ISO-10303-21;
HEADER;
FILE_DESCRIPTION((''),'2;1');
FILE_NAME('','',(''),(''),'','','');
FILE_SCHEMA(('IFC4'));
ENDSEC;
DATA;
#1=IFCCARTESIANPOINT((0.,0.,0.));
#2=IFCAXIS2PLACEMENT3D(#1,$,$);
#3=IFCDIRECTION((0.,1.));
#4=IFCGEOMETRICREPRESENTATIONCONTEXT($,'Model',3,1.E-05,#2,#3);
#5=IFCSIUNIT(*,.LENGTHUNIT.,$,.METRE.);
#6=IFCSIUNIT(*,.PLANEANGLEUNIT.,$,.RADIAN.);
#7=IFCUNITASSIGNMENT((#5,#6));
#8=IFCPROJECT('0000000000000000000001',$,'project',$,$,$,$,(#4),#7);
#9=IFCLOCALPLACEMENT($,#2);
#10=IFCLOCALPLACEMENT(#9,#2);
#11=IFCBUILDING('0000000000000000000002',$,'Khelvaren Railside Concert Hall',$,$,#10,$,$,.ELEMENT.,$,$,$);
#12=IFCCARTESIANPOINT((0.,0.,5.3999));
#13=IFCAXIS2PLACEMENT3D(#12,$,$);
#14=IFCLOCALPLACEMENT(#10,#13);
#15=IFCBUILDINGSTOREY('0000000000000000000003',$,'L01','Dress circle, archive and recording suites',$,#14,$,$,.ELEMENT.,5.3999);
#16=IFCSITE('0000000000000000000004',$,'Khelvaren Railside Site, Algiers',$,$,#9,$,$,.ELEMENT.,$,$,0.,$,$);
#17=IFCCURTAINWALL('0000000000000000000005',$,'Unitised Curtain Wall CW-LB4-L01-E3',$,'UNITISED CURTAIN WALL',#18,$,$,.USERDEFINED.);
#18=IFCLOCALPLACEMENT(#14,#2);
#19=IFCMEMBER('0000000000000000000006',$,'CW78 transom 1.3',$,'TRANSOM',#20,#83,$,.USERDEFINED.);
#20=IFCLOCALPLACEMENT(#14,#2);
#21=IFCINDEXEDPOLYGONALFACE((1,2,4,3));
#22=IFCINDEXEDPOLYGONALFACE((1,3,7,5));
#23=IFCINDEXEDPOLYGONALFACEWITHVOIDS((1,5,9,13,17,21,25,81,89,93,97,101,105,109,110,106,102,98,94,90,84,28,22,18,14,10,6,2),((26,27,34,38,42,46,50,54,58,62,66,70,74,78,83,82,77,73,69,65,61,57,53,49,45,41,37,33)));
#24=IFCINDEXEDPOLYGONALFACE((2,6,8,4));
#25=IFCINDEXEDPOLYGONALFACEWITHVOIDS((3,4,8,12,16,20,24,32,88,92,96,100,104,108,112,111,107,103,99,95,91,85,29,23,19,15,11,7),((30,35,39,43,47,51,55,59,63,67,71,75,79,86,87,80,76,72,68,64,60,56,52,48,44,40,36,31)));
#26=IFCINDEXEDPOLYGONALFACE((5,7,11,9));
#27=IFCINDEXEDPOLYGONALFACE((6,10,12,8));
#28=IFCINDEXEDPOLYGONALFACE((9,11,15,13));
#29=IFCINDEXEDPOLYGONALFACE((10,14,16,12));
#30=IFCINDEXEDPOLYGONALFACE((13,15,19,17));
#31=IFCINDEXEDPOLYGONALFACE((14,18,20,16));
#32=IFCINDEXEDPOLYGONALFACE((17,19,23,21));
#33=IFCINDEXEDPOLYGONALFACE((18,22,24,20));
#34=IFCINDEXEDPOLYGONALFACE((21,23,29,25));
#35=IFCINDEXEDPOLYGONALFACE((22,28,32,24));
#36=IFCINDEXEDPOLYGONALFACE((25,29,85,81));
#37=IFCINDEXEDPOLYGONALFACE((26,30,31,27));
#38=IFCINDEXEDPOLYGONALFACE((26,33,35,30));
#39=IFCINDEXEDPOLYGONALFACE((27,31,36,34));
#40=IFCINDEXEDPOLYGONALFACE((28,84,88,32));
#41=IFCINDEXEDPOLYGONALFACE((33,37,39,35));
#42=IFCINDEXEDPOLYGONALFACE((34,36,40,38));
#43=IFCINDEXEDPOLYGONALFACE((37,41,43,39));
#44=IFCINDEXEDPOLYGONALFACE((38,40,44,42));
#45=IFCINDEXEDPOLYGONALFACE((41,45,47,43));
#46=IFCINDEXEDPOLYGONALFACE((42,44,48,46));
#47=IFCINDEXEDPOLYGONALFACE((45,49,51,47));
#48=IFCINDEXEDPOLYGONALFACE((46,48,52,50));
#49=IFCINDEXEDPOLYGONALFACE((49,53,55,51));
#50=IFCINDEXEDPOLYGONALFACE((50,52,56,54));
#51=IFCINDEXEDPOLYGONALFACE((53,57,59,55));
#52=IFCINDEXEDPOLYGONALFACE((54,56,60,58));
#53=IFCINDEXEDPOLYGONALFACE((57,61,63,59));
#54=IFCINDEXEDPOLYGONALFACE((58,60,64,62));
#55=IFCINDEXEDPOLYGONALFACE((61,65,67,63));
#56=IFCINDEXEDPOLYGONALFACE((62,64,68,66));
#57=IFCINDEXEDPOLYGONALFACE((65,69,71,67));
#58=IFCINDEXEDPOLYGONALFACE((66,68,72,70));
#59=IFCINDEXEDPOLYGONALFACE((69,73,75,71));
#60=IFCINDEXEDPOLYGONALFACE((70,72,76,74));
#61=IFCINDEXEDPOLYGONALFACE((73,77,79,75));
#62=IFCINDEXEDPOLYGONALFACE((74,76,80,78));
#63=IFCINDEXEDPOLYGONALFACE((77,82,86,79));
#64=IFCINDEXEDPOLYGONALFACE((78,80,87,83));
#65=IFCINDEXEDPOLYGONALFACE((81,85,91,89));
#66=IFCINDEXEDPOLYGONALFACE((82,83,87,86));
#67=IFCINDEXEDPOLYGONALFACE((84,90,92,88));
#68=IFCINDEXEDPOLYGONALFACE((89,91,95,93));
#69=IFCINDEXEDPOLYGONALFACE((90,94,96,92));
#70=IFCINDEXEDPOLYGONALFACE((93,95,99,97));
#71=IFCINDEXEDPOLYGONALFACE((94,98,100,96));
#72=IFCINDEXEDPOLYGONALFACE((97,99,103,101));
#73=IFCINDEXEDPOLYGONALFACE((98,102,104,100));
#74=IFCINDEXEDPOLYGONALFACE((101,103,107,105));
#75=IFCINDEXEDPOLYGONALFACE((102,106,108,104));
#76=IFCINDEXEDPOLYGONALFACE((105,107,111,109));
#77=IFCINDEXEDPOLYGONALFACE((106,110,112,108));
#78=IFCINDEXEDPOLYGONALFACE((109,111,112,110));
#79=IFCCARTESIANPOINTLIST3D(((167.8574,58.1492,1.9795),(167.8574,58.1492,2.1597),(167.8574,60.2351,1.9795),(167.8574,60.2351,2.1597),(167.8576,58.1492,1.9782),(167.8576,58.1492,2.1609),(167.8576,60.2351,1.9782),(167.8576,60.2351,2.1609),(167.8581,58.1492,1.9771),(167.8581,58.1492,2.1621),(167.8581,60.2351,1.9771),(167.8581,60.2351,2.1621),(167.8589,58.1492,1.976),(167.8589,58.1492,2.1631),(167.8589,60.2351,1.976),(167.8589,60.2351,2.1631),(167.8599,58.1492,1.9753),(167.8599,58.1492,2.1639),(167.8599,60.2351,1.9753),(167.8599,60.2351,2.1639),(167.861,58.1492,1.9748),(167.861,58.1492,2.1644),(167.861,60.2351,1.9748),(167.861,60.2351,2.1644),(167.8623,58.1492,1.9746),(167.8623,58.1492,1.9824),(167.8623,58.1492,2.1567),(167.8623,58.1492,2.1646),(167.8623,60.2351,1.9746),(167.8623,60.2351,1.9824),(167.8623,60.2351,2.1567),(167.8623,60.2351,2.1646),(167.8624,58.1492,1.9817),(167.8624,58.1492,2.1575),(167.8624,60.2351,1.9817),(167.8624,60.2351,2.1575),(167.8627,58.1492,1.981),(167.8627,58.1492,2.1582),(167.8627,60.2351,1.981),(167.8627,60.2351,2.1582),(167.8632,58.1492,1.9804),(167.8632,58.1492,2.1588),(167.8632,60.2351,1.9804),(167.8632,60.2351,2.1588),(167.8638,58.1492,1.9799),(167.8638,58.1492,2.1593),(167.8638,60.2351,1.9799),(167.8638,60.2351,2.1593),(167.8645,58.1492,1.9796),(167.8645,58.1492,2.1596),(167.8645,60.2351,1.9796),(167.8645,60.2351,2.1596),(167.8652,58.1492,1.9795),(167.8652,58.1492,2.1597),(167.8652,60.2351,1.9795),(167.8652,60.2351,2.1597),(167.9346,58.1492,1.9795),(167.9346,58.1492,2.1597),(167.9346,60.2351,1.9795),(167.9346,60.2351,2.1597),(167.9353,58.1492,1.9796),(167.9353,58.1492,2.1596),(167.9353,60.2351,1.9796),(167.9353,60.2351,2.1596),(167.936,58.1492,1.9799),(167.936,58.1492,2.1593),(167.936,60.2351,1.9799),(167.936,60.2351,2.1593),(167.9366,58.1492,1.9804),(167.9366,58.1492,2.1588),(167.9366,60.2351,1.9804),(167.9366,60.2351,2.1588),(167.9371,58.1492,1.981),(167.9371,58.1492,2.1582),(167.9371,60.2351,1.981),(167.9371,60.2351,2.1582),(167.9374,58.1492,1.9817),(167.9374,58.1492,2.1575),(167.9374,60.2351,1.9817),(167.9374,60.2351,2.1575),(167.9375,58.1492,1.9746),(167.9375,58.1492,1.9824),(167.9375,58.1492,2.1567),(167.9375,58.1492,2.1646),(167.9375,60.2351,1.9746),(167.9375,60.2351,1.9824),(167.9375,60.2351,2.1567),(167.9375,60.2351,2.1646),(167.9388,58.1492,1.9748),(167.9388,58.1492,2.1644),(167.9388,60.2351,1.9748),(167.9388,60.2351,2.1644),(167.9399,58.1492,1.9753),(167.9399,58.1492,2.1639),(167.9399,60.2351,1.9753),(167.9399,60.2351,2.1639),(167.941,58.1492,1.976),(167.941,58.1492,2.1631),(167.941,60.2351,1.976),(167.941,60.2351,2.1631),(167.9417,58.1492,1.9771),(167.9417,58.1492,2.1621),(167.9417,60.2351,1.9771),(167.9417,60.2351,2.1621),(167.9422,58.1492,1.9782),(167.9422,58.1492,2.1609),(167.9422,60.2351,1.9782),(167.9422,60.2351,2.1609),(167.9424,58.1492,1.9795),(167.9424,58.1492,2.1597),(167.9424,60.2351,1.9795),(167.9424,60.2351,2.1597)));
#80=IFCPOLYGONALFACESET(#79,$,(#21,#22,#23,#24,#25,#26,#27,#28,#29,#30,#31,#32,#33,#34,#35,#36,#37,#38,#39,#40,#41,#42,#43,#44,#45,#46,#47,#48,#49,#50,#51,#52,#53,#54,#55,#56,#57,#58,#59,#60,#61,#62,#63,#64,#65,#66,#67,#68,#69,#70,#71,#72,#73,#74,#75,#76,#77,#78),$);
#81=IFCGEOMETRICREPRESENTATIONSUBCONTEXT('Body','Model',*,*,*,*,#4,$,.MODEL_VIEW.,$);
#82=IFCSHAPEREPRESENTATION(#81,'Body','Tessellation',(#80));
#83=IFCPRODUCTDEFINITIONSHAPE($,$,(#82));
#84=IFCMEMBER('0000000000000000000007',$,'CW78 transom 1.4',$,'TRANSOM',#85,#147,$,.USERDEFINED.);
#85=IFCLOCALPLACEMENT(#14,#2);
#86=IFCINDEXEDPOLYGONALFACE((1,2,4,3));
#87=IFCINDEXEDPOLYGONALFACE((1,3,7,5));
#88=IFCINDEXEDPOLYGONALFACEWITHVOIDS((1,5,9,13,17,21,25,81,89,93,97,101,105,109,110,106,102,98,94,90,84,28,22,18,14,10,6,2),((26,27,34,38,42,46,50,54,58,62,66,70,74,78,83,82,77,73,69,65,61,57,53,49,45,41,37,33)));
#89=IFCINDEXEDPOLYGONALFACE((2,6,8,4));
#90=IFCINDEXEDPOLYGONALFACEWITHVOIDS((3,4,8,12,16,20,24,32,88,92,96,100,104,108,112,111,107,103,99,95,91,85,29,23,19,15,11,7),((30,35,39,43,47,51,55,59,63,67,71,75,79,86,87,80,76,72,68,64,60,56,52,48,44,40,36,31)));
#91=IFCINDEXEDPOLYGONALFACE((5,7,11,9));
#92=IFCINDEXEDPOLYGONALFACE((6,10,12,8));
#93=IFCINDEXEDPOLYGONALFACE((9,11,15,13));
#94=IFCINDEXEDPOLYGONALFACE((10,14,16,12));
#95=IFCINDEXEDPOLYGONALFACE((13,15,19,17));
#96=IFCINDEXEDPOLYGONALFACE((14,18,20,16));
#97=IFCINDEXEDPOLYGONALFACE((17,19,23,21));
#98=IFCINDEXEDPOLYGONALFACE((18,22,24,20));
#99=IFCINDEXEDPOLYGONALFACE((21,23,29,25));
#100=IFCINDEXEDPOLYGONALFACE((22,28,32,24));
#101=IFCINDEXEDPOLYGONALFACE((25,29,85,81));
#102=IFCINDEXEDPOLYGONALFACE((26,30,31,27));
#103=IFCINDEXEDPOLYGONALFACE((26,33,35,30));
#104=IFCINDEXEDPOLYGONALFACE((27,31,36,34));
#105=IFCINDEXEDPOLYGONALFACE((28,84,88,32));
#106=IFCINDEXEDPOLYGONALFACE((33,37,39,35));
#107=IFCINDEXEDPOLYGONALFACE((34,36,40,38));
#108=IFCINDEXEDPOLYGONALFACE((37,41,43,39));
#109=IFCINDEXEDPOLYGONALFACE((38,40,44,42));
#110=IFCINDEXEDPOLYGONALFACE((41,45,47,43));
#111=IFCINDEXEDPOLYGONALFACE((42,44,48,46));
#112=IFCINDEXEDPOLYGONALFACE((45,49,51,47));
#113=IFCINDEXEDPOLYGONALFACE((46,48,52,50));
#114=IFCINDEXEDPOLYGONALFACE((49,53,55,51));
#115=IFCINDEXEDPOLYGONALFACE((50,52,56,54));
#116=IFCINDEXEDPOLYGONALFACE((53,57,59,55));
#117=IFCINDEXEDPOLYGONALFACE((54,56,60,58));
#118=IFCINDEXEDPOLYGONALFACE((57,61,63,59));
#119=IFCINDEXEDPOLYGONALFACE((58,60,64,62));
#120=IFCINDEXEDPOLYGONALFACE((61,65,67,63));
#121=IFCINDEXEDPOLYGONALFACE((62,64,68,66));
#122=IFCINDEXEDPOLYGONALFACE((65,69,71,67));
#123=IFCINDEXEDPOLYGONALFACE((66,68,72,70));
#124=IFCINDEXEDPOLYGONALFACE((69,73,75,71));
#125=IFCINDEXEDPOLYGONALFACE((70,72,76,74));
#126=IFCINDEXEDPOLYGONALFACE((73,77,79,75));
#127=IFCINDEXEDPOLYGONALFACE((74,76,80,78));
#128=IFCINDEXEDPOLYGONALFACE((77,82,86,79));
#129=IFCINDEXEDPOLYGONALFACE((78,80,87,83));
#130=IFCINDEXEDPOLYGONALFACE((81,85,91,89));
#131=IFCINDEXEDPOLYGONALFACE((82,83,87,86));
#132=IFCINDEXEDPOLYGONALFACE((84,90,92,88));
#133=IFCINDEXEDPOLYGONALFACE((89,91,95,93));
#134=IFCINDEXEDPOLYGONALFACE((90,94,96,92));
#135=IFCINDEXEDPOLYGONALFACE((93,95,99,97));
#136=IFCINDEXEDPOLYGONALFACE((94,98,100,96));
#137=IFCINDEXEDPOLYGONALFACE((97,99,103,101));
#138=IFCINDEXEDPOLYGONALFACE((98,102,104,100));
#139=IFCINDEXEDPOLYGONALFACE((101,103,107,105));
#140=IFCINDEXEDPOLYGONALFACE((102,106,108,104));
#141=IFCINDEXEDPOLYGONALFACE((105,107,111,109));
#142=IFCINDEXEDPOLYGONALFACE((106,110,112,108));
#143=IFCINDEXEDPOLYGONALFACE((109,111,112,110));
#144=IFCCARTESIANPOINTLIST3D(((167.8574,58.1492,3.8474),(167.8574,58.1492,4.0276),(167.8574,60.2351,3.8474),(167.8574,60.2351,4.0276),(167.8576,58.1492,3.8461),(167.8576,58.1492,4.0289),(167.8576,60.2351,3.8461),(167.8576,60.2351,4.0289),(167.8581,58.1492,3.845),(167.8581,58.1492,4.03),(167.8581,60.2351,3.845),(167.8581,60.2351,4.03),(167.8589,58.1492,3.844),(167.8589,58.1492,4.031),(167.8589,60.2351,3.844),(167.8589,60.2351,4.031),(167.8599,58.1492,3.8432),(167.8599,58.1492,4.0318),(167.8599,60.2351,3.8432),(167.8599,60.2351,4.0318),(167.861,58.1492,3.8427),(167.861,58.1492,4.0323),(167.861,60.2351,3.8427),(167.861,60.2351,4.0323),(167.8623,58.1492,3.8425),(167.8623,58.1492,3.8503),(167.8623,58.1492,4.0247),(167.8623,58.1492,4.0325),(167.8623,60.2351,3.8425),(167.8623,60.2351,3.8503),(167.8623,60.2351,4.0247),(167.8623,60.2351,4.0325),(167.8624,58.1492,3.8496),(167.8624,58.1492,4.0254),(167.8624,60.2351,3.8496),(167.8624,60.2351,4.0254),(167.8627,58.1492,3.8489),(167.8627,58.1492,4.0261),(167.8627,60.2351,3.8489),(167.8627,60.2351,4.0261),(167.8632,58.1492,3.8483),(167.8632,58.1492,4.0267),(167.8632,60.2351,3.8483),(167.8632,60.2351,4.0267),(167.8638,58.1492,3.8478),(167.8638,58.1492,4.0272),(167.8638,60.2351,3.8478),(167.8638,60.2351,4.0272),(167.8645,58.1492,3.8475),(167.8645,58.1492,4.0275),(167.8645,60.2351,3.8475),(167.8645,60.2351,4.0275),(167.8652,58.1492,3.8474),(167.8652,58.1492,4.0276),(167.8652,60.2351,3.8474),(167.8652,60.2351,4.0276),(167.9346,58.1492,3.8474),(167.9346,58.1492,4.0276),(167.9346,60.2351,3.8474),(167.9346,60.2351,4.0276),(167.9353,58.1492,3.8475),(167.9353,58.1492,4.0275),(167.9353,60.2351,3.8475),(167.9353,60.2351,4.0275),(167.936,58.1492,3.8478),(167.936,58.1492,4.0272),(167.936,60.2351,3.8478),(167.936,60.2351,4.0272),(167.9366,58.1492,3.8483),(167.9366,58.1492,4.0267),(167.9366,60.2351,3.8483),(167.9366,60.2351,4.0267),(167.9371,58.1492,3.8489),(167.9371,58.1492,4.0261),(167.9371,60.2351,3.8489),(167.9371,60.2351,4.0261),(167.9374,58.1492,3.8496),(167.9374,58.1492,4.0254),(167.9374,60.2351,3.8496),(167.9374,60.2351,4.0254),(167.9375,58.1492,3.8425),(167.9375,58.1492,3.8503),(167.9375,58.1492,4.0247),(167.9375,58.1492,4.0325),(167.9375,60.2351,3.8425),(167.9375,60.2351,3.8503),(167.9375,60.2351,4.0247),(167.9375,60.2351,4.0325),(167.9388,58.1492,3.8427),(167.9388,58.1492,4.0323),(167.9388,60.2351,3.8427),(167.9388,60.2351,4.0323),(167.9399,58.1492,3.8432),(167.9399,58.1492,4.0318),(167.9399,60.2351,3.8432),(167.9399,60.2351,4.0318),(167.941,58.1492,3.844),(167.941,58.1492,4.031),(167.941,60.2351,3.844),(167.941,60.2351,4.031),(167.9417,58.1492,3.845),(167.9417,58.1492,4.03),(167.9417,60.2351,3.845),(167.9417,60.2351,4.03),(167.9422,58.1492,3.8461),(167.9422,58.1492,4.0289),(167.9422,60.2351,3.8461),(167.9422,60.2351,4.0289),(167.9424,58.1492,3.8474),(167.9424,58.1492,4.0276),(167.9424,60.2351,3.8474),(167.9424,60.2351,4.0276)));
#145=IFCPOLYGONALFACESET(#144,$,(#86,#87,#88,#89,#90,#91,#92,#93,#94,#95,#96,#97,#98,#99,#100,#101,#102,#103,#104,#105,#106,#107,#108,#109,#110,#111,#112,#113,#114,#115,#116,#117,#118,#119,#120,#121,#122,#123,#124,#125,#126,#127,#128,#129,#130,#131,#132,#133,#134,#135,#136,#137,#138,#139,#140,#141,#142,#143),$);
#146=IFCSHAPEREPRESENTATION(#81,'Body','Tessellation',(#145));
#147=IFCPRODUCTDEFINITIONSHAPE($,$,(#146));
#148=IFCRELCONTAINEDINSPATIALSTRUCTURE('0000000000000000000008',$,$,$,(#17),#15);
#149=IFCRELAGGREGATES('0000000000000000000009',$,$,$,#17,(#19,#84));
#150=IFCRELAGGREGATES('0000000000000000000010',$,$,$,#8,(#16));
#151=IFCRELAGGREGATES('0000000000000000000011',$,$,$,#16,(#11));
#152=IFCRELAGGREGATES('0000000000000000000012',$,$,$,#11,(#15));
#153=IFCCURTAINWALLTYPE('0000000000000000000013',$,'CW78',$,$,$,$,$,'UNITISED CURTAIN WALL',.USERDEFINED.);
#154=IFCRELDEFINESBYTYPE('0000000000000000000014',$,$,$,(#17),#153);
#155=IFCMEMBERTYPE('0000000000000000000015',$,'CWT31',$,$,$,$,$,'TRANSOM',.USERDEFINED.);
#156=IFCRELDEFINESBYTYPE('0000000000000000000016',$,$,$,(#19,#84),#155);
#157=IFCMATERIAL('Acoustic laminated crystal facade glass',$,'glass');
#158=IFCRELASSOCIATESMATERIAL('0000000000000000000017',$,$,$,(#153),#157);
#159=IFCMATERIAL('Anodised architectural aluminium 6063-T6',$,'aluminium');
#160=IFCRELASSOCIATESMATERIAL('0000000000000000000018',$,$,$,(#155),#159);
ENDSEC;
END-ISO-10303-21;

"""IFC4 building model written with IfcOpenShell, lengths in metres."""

from ifc_helpers import new_model, si_unit, direction, frame, origin, origin_2d, place, context, subcontext, project, spatial, hollow_rectangle, extrude, material, material_profile, profile_set, type_object, element, aggregate, save


model = new_model("IFC4")

# Units and contexts
model_context = context("Model", 3, precision=1e-05, world=origin(), true_north=direction((0.0, 1.0)))
body_context = subcontext(model_context, "Body", "Model", "MODEL_VIEW")
ifc_project = project(units=[si_unit("LENGTHUNIT", "METRE"), si_unit("PLANEANGLEUNIT", "RADIAN")], contexts=[model_context])

# Site, building, storey
site_placement = place(None, origin())
site = spatial("IfcSite", under=ifc_project, at=site_placement, Name="Khelvaren Railside Site, Algiers", CompositionType="ELEMENT", RefElevation=0.0)
building_placement = place(site_placement, origin())
building = spatial("IfcBuilding", under=site, at=building_placement, Name="Khelvaren Railside Concert Hall", CompositionType="ELEMENT")
storey_placement = place(building_placement, frame((0.0, 0.0, 5.3999)))
storey = spatial("IfcBuildingStorey", under=building, at=storey_placement, Name="L01", Description="Dress circle, archive and recording suites", CompositionType="ELEMENT", Elevation=5.3999)

# Curtain wall
ifc_material_1 = material(Name="Acoustic laminated crystal facade glass", Category="glass")
curtain_wall_type = type_object("IfcCurtainWallType", Name="CW78", ElementType="UNITISED CURTAIN WALL", PredefinedType="USERDEFINED", material=ifc_material_1)
curtain_wall_1_placement = place(storey_placement, origin())
curtain_wall_1 = element("IfcCurtainWall", 1, at=curtain_wall_1_placement, inside=storey, type_object=curtain_wall_type, Name="Unitised Curtain Wall CW-LB4-L01-E3", ObjectType="UNITISED CURTAIN WALL", PredefinedType="USERDEFINED")
ifc_material_2 = material(Name="Anodised architectural aluminium 6063-T6", Category="aluminium")

# Members
ifc_material_profile_1 = material_profile(ifc_material_2, hollow_rectangle(XDim=0.085, YDim=0.1899, WallThickness=0.0049, InnerFilletRadius=0.0029, OuterFilletRadius=0.0049, at=origin_2d()), Name="CWT 85x190x5")
ifc_profile_set_1 = profile_set([ifc_material_profile_1], Name="Anodised architectural aluminium 6063-T6")
member_type_1 = type_object("IfcMemberType", Name="CWT31", ElementType="TRANSOM", PredefinedType="USERDEFINED", material=ifc_profile_set_1)
member_1_placement = place(storey_placement, frame((167.8999, 60.2351, 2.0696), z_axis=(0.0, -1.0, 0.0), x_axis=(1.0, 0.0, 0.0)))
member_1 = element("IfcMember", 2, at=member_1_placement, type_object=member_type_1, Name="CW78 transom 1.3", ObjectType="TRANSOM", PredefinedType="USERDEFINED", context=body_context, shape_type="SweptSolid", body=[
    extrude(hollow_rectangle(XDim=0.085, YDim=0.1899, WallThickness=0.0049, InnerFilletRadius=0.0029, OuterFilletRadius=0.0049, at=origin_2d()), origin(), (0.0, 0.0, 1.0), 2.0859),
])
member_2_placement = place(storey_placement, frame((167.8999, 60.2351, 3.9375), z_axis=(0.0, -1.0, 0.0), x_axis=(1.0, 0.0, 0.0)))
member_2 = element("IfcMember", 3, at=member_2_placement, type_object=member_type_1, Name="CW78 transom 1.4", ObjectType="TRANSOM", PredefinedType="USERDEFINED", context=body_context, shape_type="SweptSolid", body=[
    extrude(hollow_rectangle(XDim=0.085, YDim=0.1899, WallThickness=0.0049, InnerFilletRadius=0.0029, OuterFilletRadius=0.0049, at=origin_2d()), origin(), (0.0, 0.0, 1.0), 2.0859),
])

aggregate(curtain_wall_1, [member_1, member_2])

save(model, "model.ifc")
